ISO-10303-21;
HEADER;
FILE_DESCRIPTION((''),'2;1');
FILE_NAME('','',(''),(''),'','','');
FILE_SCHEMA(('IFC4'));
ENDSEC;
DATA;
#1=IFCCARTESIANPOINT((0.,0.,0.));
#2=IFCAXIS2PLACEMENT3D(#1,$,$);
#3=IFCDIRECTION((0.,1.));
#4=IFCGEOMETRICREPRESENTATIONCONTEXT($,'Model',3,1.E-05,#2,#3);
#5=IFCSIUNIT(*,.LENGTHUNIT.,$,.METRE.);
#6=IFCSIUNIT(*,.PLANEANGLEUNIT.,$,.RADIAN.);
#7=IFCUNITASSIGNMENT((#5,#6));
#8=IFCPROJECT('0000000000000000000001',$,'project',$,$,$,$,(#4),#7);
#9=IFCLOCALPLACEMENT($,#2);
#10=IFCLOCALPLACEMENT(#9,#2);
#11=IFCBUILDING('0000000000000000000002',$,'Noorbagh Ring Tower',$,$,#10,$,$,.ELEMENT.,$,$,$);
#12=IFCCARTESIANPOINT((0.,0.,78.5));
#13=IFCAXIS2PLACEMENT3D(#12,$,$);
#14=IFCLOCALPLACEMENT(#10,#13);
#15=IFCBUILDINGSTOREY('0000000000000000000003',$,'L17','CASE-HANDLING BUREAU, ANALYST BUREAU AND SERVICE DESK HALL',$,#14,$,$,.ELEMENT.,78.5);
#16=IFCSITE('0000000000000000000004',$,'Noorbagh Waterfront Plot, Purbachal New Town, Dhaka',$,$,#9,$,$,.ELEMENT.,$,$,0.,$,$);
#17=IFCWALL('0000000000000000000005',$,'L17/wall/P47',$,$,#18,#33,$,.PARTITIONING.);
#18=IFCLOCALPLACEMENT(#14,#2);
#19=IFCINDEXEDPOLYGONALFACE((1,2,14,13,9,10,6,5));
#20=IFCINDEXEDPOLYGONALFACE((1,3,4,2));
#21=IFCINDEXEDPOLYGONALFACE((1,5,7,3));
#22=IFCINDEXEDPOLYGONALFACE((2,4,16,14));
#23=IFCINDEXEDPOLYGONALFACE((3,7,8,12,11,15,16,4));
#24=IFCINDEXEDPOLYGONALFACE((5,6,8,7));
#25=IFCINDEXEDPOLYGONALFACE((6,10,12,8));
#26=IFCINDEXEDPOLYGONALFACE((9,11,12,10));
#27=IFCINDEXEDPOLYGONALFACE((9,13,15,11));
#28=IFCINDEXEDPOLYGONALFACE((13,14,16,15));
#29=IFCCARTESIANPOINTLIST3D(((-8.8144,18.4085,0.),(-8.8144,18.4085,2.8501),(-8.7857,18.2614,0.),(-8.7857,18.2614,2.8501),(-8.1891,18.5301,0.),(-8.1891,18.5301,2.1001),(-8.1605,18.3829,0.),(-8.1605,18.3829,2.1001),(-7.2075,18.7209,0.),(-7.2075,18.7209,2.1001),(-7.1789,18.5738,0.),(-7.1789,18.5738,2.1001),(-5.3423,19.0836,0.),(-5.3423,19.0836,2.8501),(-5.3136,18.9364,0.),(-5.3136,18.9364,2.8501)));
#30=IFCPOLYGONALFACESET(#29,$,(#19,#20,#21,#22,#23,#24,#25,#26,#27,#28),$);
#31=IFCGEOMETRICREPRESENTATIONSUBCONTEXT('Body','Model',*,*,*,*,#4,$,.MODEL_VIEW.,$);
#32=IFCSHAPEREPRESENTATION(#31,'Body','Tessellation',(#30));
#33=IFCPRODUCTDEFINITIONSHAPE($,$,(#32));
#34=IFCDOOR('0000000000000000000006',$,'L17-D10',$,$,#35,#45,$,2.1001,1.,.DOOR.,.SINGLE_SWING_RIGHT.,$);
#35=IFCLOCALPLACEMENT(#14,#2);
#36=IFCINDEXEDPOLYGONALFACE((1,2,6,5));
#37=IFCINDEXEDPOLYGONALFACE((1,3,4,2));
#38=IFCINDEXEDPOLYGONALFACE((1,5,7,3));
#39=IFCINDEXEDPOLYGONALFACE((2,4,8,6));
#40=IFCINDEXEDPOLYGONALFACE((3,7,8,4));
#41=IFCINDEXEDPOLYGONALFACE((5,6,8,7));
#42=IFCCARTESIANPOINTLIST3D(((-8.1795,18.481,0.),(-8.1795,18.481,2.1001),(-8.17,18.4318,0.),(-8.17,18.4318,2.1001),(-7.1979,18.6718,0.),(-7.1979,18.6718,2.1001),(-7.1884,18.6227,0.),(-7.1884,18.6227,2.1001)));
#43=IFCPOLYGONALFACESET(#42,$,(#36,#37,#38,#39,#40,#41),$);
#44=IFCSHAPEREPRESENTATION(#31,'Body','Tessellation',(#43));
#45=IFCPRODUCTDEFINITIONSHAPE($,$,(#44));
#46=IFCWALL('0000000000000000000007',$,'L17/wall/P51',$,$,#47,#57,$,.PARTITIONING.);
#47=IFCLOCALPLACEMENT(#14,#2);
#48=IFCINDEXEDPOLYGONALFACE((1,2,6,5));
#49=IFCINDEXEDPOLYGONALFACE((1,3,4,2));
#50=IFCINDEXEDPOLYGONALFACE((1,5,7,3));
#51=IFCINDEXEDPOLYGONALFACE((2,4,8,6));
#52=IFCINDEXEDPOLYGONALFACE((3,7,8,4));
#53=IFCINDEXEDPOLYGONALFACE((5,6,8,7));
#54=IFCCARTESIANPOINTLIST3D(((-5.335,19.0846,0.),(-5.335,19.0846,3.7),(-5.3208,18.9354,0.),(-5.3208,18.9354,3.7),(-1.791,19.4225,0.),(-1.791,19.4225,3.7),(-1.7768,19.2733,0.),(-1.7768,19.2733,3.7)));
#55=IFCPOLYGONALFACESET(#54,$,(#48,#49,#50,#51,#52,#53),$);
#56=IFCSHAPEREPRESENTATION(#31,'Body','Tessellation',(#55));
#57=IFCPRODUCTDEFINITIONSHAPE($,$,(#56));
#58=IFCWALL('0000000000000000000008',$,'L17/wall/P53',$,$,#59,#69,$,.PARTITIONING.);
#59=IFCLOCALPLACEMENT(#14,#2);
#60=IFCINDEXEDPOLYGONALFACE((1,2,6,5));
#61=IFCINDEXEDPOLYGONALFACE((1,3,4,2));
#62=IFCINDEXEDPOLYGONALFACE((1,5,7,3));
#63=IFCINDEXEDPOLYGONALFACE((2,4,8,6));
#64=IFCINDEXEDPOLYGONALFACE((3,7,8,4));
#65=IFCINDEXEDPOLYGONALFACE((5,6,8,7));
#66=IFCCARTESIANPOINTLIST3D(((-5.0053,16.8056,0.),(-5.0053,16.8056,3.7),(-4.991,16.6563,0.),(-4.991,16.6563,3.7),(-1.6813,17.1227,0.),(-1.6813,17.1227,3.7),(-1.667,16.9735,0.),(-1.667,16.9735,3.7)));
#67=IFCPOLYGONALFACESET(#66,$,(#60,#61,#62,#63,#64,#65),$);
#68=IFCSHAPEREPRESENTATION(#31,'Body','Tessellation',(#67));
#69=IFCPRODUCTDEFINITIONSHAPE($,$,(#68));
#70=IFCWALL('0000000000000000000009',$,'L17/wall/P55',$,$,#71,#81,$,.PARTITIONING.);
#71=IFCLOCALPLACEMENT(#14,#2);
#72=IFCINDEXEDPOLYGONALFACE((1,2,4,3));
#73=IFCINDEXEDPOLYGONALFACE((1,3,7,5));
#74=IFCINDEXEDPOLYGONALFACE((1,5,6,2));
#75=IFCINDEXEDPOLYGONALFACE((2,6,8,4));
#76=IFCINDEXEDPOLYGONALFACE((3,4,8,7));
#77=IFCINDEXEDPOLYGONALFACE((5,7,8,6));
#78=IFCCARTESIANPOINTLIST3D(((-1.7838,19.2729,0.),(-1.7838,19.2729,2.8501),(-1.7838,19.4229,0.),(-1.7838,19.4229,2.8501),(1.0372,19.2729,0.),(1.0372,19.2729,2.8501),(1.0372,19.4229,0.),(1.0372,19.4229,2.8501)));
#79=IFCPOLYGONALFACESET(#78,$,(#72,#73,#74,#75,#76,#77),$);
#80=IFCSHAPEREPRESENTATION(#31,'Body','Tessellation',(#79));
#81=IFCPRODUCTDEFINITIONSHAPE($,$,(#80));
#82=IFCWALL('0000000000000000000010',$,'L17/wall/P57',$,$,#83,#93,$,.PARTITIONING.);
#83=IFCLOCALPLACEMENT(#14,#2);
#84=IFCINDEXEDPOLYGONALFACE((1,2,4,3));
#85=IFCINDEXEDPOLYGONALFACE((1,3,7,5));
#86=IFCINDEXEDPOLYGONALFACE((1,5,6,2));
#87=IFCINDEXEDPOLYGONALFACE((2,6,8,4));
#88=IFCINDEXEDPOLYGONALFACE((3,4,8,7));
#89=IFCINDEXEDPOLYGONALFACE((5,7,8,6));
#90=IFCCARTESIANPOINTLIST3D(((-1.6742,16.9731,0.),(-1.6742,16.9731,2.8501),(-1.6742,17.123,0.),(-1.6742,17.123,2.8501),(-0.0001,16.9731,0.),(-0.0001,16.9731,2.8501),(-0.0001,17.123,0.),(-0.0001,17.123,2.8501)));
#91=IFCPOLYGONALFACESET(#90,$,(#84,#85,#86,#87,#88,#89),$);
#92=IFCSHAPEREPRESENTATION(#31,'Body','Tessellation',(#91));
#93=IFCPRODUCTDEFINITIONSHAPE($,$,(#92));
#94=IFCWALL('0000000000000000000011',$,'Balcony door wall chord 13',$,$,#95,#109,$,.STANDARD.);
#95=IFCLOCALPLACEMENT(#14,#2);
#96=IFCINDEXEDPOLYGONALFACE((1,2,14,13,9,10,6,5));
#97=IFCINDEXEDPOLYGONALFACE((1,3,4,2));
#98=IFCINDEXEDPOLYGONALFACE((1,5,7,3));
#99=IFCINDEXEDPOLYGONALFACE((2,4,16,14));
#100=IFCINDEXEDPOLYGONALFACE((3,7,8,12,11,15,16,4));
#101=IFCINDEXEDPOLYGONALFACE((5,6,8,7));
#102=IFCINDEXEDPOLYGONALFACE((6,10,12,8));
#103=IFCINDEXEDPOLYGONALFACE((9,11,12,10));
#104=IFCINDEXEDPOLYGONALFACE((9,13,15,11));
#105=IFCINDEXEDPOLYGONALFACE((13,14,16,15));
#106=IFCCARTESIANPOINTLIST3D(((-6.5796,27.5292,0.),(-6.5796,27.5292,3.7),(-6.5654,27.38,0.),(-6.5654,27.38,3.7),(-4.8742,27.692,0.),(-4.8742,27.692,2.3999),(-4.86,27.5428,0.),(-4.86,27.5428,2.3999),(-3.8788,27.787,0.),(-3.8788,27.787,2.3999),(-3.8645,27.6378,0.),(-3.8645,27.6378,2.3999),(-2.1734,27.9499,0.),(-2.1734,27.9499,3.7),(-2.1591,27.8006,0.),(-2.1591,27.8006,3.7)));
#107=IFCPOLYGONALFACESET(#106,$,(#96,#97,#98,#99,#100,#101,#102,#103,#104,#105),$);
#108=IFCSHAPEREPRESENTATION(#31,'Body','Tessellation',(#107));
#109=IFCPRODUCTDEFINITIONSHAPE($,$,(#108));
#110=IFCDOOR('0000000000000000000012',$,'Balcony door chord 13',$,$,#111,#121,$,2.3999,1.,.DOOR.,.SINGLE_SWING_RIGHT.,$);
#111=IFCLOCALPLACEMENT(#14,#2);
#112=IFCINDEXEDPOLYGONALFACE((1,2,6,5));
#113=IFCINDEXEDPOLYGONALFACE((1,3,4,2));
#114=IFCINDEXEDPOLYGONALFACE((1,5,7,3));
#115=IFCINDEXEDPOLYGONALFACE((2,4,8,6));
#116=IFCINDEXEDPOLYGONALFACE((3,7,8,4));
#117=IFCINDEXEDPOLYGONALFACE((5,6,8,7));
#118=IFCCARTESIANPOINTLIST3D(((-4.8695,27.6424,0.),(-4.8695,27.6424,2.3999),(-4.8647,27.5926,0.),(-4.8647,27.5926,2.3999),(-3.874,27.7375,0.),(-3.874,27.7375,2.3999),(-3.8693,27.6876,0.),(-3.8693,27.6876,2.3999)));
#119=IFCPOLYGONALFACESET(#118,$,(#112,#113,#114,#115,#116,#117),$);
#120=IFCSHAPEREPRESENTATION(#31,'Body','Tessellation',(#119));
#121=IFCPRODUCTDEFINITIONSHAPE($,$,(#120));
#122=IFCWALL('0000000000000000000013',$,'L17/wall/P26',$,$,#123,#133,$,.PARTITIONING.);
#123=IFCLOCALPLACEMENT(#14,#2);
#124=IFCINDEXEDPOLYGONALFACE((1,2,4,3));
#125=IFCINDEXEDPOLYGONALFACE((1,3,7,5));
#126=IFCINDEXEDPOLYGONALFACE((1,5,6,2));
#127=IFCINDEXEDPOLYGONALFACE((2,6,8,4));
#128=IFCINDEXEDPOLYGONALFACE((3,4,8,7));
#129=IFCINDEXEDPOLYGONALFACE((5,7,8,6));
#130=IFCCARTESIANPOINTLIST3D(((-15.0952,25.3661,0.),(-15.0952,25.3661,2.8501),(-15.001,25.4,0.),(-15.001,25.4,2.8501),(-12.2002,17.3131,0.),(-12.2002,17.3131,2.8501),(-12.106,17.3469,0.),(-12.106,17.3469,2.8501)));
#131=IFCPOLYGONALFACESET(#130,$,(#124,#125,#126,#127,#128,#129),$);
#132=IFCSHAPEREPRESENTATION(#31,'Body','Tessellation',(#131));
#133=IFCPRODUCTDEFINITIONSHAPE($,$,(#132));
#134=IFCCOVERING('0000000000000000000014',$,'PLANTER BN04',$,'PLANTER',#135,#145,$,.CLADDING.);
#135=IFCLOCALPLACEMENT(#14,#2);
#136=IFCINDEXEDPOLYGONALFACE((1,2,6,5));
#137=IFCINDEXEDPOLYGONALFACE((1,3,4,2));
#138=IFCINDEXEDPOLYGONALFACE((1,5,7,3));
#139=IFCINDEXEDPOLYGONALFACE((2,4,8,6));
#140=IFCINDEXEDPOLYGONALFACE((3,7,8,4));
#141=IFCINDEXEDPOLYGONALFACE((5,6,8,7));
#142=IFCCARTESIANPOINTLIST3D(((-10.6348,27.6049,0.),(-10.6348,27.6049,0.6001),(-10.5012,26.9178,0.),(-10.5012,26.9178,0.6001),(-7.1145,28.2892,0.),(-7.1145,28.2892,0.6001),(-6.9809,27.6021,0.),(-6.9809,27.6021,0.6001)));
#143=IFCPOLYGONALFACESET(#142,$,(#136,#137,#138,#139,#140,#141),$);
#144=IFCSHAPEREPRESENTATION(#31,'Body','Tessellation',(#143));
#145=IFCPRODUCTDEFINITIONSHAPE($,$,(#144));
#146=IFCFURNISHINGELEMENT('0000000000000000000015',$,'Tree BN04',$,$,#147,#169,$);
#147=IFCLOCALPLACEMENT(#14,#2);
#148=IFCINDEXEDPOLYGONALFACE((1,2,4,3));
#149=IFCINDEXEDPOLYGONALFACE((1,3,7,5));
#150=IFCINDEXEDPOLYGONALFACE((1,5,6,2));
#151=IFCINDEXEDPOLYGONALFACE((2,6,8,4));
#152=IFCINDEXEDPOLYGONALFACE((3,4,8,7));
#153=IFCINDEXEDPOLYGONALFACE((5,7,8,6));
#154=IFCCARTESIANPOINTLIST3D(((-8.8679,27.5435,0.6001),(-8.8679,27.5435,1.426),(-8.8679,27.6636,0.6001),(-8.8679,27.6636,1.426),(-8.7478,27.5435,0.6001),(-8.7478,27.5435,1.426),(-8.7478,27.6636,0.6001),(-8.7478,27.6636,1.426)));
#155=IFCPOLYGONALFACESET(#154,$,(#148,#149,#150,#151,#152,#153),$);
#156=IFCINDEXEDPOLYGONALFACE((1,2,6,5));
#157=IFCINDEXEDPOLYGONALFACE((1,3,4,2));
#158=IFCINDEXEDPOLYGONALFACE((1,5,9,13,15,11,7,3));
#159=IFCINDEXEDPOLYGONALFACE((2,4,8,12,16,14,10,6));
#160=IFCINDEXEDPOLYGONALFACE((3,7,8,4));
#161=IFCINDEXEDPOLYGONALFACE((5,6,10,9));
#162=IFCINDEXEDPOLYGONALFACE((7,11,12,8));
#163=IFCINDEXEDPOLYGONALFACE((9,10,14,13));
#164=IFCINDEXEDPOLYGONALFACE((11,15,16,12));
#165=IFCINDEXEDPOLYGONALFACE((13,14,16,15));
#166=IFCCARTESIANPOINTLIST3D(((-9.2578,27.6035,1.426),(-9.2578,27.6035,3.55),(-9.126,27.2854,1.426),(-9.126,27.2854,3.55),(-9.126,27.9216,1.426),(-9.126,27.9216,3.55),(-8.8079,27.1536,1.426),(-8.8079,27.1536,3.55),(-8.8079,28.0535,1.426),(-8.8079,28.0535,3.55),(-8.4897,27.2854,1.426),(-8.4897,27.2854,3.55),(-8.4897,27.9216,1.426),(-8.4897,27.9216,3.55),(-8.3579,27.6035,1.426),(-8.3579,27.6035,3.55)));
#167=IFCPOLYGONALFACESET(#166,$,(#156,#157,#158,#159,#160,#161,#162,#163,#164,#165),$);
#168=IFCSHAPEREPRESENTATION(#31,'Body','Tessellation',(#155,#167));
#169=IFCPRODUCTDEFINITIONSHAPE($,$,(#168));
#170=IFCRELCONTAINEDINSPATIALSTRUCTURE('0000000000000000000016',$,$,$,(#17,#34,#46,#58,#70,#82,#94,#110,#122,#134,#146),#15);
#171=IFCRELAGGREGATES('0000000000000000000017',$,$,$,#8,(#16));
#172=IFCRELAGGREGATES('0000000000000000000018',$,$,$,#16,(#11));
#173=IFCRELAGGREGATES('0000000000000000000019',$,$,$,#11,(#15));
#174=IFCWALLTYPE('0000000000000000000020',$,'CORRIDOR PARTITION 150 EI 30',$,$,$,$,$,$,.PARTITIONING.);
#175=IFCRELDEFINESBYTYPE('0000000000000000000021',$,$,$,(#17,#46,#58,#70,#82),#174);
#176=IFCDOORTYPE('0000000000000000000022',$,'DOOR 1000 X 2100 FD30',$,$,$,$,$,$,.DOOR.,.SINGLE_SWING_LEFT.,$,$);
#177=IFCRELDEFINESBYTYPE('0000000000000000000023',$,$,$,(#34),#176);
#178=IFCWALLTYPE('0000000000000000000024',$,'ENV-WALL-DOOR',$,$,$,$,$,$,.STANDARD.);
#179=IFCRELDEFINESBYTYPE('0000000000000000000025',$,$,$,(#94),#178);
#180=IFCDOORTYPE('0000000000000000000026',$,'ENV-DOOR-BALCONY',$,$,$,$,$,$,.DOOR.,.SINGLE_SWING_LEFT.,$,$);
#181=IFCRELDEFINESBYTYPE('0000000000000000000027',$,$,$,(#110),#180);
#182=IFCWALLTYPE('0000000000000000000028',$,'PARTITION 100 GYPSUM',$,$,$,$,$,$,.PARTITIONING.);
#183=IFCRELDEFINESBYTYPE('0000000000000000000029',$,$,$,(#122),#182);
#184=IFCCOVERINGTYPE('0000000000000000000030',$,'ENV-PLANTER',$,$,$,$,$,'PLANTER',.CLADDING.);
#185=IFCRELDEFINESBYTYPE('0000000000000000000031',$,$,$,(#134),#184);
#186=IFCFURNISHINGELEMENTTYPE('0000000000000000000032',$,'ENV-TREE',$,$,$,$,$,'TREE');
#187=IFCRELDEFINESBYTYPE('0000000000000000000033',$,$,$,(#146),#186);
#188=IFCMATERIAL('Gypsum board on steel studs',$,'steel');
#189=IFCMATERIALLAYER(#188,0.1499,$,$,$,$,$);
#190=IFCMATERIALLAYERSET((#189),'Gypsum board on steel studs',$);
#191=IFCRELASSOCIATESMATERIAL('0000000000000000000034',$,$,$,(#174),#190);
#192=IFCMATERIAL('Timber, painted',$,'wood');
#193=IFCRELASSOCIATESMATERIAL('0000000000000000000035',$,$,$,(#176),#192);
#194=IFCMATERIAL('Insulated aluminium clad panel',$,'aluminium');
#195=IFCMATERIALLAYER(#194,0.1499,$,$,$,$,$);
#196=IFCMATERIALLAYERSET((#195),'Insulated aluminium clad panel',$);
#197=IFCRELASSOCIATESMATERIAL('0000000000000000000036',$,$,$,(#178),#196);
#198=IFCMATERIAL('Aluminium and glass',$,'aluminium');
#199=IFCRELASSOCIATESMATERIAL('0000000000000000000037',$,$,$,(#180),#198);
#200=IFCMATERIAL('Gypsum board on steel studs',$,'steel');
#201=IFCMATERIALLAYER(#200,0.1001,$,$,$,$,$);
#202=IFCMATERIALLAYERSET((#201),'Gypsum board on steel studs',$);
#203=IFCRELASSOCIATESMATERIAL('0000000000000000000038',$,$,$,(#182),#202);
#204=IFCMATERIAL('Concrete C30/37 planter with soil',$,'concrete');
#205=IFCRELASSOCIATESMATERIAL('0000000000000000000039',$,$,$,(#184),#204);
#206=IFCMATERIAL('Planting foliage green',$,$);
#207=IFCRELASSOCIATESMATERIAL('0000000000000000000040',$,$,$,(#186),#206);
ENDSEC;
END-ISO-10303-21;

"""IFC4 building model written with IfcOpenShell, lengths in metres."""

from ifc_helpers import new_model, si_unit, direction, frame, frame_2d, origin, origin_2d, place, context, subcontext, project, spatial, polyline, rectangle, outline, extrude, material, layer, layer_set, type_object, element, fill, save


model = new_model("IFC4")

# Units and contexts
model_context = context("Model", 3, precision=1e-05, world=origin(), true_north=direction((0.0, 1.0)))
body_context = subcontext(model_context, "Body", "Model", "MODEL_VIEW")
ifc_project = project(units=[si_unit("LENGTHUNIT", "METRE"), si_unit("PLANEANGLEUNIT", "RADIAN")], contexts=[model_context])

# Site, building, storey
site_placement = place(None, origin())
site = spatial("IfcSite", under=ifc_project, at=site_placement, Name="Noorbagh Waterfront Plot, Purbachal New Town, Dhaka", CompositionType="ELEMENT", RefElevation=0.0)
building_placement = place(site_placement, origin())
building = spatial("IfcBuilding", under=site, at=building_placement, Name="Noorbagh Ring Tower", CompositionType="ELEMENT")
storey_placement = place(building_placement, frame((0.0, 0.0, 78.5)))
storey = spatial("IfcBuildingStorey", under=building, at=storey_placement, Name="L17", Description="CASE-HANDLING BUREAU, ANALYST BUREAU AND SERVICE DESK HALL", CompositionType="ELEMENT", Elevation=78.5)

# Shared definitions
ifc_material_1 = material(Name="Gypsum board on steel studs", Category="steel")
ifc_layer_1 = layer(ifc_material_1, 0.1499)
ifc_layer_set_1 = layer_set([ifc_layer_1], Name="Gypsum board on steel studs")
wall_type_1 = type_object("IfcWallType", Name="CORRIDOR PARTITION 150 EI 30", PredefinedType="PARTITIONING", material=ifc_layer_set_1)

# Wall, opening, door
wall_1_placement = place(storey_placement, frame((-8.8, 18.335, 0.0), z_axis=(0.0, 0.0, 1.0), x_axis=(0.98162, 0.190844, 0.0)))
wall_1 = element("IfcWall", 1, at=wall_1_placement, inside=storey, type_object=wall_type_1, Name="L17/wall/P47", PredefinedType="PARTITIONING", context=body_context, shape_type="SweptSolid", body=[
    extrude(rectangle(XDim=3.5371, YDim=0.1499, at=frame_2d((1.7686, 0.0))), origin(), (0.0, 0.0, 1.0), 2.8501),
])
opening_1_placement = place(wall_1_placement, frame((0.637, 0.0, 0.0)))
opening_1 = element("IfcOpeningElement", 2, at=opening_1_placement, cuts=wall_1, PredefinedType="OPENING", context=body_context, shape_type="SweptSolid", body=[
    extrude(rectangle(XDim=1.0, YDim=2.1001, at=frame_2d((0.5, 1.05))), frame((0.0, 0.085, 0.0), z_axis=(0.0, -1.0, 0.0), x_axis=(1.0, 0.0, 0.0)), (0.0, 0.0, 1.0), 0.1699),
])
ifc_material_2 = material(Name="Timber, painted", Category="wood")
door_type_1 = type_object("IfcDoorType", Name="DOOR 1000 X 2100 FD30", OperationType="SINGLE_SWING_LEFT", PredefinedType="DOOR", material=ifc_material_2)
door_1_placement = place(opening_1_placement, origin())
door_1 = element("IfcDoor", 3, at=door_1_placement, inside=storey, type_object=door_type_1, Name="L17-D10", OperationType="SINGLE_SWING_RIGHT", OverallHeight=2.1001, OverallWidth=1.0, PredefinedType="DOOR", context=body_context, shape_type="SweptSolid", body=[
    extrude(rectangle(XDim=1.0, YDim=2.1001, at=frame_2d((0.5, 1.05))), frame((0.0, 0.0249, 0.0), z_axis=(0.0, -1.0, 0.0), x_axis=(1.0, 0.0, 0.0)), (0.0, 0.0, 1.0), 0.05),
])
fill(opening_1, door_1)

# Walls
wall_2_placement = place(storey_placement, frame((-5.3279, 19.01, 0.0), z_axis=(0.0, 0.0, 1.0), x_axis=(0.995486, 0.094913, 0.0)))
element("IfcWall", 4, at=wall_2_placement, inside=storey, type_object=wall_type_1, Name="L17/wall/P51", PredefinedType="PARTITIONING", context=body_context, shape_type="SweptSolid", body=[
    extrude(rectangle(XDim=3.5601, YDim=0.1499, at=frame_2d((1.78, 0.0))), origin(), (0.0, 0.0, 1.0), 3.7),
])
wall_3_placement = place(storey_placement, frame((-4.998, 16.731, 0.0), z_axis=(0.0, 0.0, 1.0), x_axis=(0.995479, 0.094978, 0.0)))
element("IfcWall", 5, at=wall_3_placement, inside=storey, type_object=wall_type_1, Name="L17/wall/P53", PredefinedType="PARTITIONING", context=body_context, shape_type="SweptSolid", body=[
    extrude(rectangle(XDim=3.3391, YDim=0.1499, at=frame_2d((1.6694, 0.0))), origin(), (0.0, 0.0, 1.0), 3.7),
])
wall_4_placement = place(storey_placement, frame((-1.7839, 19.3479, 0.0), z_axis=(0.0, 0.0, 1.0), x_axis=(1.0, 0.0, 0.0)))
element("IfcWall", 6, at=wall_4_placement, inside=storey, type_object=wall_type_1, Name="L17/wall/P55", PredefinedType="PARTITIONING", context=body_context, shape_type="SweptSolid", body=[
    extrude(rectangle(XDim=2.821, YDim=0.1499, at=frame_2d((1.4106, 0.0))), origin(), (0.0, 0.0, 1.0), 2.8501),
])
wall_5_placement = place(storey_placement, frame((-1.6741, 17.0481, 0.0), z_axis=(0.0, 0.0, 1.0), x_axis=(1.0, 0.0, 0.0)))
element("IfcWall", 7, at=wall_5_placement, inside=storey, type_object=wall_type_1, Name="L17/wall/P57", PredefinedType="PARTITIONING", context=body_context, shape_type="SweptSolid", body=[
    extrude(rectangle(XDim=1.6741, YDim=0.1499, at=frame_2d((0.8369, 0.0))), origin(), (0.0, 0.0, 1.0), 2.8501),
])

# Wall, opening, door
ifc_material_3 = material(Name="Insulated aluminium clad panel", Category="aluminium")
ifc_layer_2 = layer(ifc_material_3, 0.1499)
ifc_layer_set_2 = layer_set([ifc_layer_2], Name="Insulated aluminium clad panel")
wall_type_2 = type_object("IfcWallType", Name="ENV-WALL-DOOR", PredefinedType="STANDARD", material=ifc_layer_set_2)
wall_6_placement = place(storey_placement, frame((-2.1663, 27.8752, 0.0), z_axis=(0.0, 0.0, 1.0), x_axis=(-0.995474, -0.095036, 0.0)))
wall_6 = element("IfcWall", 8, at=wall_6_placement, inside=storey, type_object=wall_type_2, Name="Balcony door wall chord 13", PredefinedType="STANDARD", context=body_context, shape_type="SweptSolid", body=[
    extrude(rectangle(XDim=4.4263, YDim=0.1499, at=frame_2d((2.2131, 0.0))), origin(), (0.0, 0.0, 1.0), 3.7),
])
opening_2_placement = place(wall_6_placement, frame((1.7131, 0.0, 0.0)))
opening_2 = element("IfcOpeningElement", 9, at=opening_2_placement, cuts=wall_6, PredefinedType="OPENING", context=body_context, shape_type="SweptSolid", body=[
    extrude(rectangle(XDim=1.0, YDim=2.3999, at=frame_2d((0.5, 1.2))), frame((0.0, 0.085, 0.0), z_axis=(0.0, -1.0, 0.0), x_axis=(1.0, 0.0, 0.0)), (0.0, 0.0, 1.0), 0.1699),
])
ifc_material_4 = material(Name="Aluminium and glass", Category="aluminium")
door_type_2 = type_object("IfcDoorType", Name="ENV-DOOR-BALCONY", OperationType="SINGLE_SWING_LEFT", PredefinedType="DOOR", material=ifc_material_4)
door_2_placement = place(opening_2_placement, origin())
door_2 = element("IfcDoor", 10, at=door_2_placement, inside=storey, type_object=door_type_2, Name="Balcony door chord 13", OperationType="SINGLE_SWING_RIGHT", OverallHeight=2.3999, OverallWidth=1.0, PredefinedType="DOOR", context=body_context, shape_type="SweptSolid", body=[
    extrude(rectangle(XDim=1.0, YDim=2.3999, at=frame_2d((0.5, 1.2))), frame((0.0, 0.0249, 0.0), z_axis=(0.0, -1.0, 0.0), x_axis=(1.0, 0.0, 0.0)), (0.0, 0.0, 1.0), 0.05),
])
fill(opening_2, door_2)

# Wall
ifc_material_5 = material(Name="Gypsum board on steel studs", Category="steel")
ifc_layer_3 = layer(ifc_material_5, 0.1001)
ifc_layer_set_3 = layer_set([ifc_layer_3], Name="Gypsum board on steel studs")
wall_type_3 = type_object("IfcWallType", Name="PARTITION 100 GYPSUM", PredefinedType="PARTITIONING", material=ifc_layer_set_3)
wall_7_placement = place(storey_placement, frame((-15.0481, 25.3831, 0.0), z_axis=(0.0, 0.0, 1.0), x_axis=(0.3383, -0.941038, 0.0)))
element("IfcWall", 11, at=wall_7_placement, inside=storey, type_object=wall_type_3, Name="L17/wall/P26", PredefinedType="PARTITIONING", context=body_context, shape_type="SweptSolid", body=[
    extrude(rectangle(XDim=8.5576, YDim=0.1001, at=frame_2d((4.2788, 0.0))), origin(), (0.0, 0.0, 1.0), 2.8501),
])

# Covering
ifc_material_6 = material(Name="Concrete C30/37 planter with soil", Category="concrete")
covering_type = type_object("IfcCoveringType", Name="ENV-PLANTER", ElementType="PLANTER", PredefinedType="CLADDING", material=ifc_material_6)
covering_placement = place(storey_placement, frame((-8.8079, 27.6035, 0.0), z_axis=(0.0, 0.0, 1.0), x_axis=(-0.981625, -0.19082, 0.0)))
element("IfcCovering", 12, at=covering_placement, inside=storey, type_object=covering_type, Name="PLANTER BN04", ObjectType="PLANTER", PredefinedType="CLADDING", context=body_context, shape_type="SweptSolid", body=[
    extrude(rectangle(XDim=3.5862, YDim=0.7, at=origin_2d()), origin(), (0.0, 0.0, 1.0), 0.6001),
])

# Furnishing element
ifc_material_7 = material(Name="Planting foliage green")
furnishing_element_type = type_object("IfcFurnishingElementType", Name="ENV-TREE", ElementType="TREE", material=ifc_material_7)
furnishing_placement = place(storey_placement, frame((-8.8079, 27.6035, 0.6001), z_axis=(0.0, 0.0, 1.0), x_axis=(1.0, 0.0, 0.0)))
element("IfcFurnishingElement", 13, at=furnishing_placement, inside=storey, type_object=furnishing_element_type, Name="Tree BN04", context=body_context, shape_type="SweptSolid", body=[
    extrude(rectangle(XDim=0.1201, YDim=0.1201, at=origin_2d()), origin(), (0.0, 0.0, 1.0), 0.8259),
    extrude(outline(polyline([(0.45, 0.0), (0.3181, 0.3181), (0.0, 0.45), (-0.3181, 0.3181), (-0.45, 0.0), (-0.3181, -0.3181), (0.0, -0.45), (0.3181, -0.3181), (0.45, 0.0)])), frame((0.0, 0.0, 0.8259)), (0.0, 0.0, 1.0), 2.124),
])

save(model, "model.ifc")
